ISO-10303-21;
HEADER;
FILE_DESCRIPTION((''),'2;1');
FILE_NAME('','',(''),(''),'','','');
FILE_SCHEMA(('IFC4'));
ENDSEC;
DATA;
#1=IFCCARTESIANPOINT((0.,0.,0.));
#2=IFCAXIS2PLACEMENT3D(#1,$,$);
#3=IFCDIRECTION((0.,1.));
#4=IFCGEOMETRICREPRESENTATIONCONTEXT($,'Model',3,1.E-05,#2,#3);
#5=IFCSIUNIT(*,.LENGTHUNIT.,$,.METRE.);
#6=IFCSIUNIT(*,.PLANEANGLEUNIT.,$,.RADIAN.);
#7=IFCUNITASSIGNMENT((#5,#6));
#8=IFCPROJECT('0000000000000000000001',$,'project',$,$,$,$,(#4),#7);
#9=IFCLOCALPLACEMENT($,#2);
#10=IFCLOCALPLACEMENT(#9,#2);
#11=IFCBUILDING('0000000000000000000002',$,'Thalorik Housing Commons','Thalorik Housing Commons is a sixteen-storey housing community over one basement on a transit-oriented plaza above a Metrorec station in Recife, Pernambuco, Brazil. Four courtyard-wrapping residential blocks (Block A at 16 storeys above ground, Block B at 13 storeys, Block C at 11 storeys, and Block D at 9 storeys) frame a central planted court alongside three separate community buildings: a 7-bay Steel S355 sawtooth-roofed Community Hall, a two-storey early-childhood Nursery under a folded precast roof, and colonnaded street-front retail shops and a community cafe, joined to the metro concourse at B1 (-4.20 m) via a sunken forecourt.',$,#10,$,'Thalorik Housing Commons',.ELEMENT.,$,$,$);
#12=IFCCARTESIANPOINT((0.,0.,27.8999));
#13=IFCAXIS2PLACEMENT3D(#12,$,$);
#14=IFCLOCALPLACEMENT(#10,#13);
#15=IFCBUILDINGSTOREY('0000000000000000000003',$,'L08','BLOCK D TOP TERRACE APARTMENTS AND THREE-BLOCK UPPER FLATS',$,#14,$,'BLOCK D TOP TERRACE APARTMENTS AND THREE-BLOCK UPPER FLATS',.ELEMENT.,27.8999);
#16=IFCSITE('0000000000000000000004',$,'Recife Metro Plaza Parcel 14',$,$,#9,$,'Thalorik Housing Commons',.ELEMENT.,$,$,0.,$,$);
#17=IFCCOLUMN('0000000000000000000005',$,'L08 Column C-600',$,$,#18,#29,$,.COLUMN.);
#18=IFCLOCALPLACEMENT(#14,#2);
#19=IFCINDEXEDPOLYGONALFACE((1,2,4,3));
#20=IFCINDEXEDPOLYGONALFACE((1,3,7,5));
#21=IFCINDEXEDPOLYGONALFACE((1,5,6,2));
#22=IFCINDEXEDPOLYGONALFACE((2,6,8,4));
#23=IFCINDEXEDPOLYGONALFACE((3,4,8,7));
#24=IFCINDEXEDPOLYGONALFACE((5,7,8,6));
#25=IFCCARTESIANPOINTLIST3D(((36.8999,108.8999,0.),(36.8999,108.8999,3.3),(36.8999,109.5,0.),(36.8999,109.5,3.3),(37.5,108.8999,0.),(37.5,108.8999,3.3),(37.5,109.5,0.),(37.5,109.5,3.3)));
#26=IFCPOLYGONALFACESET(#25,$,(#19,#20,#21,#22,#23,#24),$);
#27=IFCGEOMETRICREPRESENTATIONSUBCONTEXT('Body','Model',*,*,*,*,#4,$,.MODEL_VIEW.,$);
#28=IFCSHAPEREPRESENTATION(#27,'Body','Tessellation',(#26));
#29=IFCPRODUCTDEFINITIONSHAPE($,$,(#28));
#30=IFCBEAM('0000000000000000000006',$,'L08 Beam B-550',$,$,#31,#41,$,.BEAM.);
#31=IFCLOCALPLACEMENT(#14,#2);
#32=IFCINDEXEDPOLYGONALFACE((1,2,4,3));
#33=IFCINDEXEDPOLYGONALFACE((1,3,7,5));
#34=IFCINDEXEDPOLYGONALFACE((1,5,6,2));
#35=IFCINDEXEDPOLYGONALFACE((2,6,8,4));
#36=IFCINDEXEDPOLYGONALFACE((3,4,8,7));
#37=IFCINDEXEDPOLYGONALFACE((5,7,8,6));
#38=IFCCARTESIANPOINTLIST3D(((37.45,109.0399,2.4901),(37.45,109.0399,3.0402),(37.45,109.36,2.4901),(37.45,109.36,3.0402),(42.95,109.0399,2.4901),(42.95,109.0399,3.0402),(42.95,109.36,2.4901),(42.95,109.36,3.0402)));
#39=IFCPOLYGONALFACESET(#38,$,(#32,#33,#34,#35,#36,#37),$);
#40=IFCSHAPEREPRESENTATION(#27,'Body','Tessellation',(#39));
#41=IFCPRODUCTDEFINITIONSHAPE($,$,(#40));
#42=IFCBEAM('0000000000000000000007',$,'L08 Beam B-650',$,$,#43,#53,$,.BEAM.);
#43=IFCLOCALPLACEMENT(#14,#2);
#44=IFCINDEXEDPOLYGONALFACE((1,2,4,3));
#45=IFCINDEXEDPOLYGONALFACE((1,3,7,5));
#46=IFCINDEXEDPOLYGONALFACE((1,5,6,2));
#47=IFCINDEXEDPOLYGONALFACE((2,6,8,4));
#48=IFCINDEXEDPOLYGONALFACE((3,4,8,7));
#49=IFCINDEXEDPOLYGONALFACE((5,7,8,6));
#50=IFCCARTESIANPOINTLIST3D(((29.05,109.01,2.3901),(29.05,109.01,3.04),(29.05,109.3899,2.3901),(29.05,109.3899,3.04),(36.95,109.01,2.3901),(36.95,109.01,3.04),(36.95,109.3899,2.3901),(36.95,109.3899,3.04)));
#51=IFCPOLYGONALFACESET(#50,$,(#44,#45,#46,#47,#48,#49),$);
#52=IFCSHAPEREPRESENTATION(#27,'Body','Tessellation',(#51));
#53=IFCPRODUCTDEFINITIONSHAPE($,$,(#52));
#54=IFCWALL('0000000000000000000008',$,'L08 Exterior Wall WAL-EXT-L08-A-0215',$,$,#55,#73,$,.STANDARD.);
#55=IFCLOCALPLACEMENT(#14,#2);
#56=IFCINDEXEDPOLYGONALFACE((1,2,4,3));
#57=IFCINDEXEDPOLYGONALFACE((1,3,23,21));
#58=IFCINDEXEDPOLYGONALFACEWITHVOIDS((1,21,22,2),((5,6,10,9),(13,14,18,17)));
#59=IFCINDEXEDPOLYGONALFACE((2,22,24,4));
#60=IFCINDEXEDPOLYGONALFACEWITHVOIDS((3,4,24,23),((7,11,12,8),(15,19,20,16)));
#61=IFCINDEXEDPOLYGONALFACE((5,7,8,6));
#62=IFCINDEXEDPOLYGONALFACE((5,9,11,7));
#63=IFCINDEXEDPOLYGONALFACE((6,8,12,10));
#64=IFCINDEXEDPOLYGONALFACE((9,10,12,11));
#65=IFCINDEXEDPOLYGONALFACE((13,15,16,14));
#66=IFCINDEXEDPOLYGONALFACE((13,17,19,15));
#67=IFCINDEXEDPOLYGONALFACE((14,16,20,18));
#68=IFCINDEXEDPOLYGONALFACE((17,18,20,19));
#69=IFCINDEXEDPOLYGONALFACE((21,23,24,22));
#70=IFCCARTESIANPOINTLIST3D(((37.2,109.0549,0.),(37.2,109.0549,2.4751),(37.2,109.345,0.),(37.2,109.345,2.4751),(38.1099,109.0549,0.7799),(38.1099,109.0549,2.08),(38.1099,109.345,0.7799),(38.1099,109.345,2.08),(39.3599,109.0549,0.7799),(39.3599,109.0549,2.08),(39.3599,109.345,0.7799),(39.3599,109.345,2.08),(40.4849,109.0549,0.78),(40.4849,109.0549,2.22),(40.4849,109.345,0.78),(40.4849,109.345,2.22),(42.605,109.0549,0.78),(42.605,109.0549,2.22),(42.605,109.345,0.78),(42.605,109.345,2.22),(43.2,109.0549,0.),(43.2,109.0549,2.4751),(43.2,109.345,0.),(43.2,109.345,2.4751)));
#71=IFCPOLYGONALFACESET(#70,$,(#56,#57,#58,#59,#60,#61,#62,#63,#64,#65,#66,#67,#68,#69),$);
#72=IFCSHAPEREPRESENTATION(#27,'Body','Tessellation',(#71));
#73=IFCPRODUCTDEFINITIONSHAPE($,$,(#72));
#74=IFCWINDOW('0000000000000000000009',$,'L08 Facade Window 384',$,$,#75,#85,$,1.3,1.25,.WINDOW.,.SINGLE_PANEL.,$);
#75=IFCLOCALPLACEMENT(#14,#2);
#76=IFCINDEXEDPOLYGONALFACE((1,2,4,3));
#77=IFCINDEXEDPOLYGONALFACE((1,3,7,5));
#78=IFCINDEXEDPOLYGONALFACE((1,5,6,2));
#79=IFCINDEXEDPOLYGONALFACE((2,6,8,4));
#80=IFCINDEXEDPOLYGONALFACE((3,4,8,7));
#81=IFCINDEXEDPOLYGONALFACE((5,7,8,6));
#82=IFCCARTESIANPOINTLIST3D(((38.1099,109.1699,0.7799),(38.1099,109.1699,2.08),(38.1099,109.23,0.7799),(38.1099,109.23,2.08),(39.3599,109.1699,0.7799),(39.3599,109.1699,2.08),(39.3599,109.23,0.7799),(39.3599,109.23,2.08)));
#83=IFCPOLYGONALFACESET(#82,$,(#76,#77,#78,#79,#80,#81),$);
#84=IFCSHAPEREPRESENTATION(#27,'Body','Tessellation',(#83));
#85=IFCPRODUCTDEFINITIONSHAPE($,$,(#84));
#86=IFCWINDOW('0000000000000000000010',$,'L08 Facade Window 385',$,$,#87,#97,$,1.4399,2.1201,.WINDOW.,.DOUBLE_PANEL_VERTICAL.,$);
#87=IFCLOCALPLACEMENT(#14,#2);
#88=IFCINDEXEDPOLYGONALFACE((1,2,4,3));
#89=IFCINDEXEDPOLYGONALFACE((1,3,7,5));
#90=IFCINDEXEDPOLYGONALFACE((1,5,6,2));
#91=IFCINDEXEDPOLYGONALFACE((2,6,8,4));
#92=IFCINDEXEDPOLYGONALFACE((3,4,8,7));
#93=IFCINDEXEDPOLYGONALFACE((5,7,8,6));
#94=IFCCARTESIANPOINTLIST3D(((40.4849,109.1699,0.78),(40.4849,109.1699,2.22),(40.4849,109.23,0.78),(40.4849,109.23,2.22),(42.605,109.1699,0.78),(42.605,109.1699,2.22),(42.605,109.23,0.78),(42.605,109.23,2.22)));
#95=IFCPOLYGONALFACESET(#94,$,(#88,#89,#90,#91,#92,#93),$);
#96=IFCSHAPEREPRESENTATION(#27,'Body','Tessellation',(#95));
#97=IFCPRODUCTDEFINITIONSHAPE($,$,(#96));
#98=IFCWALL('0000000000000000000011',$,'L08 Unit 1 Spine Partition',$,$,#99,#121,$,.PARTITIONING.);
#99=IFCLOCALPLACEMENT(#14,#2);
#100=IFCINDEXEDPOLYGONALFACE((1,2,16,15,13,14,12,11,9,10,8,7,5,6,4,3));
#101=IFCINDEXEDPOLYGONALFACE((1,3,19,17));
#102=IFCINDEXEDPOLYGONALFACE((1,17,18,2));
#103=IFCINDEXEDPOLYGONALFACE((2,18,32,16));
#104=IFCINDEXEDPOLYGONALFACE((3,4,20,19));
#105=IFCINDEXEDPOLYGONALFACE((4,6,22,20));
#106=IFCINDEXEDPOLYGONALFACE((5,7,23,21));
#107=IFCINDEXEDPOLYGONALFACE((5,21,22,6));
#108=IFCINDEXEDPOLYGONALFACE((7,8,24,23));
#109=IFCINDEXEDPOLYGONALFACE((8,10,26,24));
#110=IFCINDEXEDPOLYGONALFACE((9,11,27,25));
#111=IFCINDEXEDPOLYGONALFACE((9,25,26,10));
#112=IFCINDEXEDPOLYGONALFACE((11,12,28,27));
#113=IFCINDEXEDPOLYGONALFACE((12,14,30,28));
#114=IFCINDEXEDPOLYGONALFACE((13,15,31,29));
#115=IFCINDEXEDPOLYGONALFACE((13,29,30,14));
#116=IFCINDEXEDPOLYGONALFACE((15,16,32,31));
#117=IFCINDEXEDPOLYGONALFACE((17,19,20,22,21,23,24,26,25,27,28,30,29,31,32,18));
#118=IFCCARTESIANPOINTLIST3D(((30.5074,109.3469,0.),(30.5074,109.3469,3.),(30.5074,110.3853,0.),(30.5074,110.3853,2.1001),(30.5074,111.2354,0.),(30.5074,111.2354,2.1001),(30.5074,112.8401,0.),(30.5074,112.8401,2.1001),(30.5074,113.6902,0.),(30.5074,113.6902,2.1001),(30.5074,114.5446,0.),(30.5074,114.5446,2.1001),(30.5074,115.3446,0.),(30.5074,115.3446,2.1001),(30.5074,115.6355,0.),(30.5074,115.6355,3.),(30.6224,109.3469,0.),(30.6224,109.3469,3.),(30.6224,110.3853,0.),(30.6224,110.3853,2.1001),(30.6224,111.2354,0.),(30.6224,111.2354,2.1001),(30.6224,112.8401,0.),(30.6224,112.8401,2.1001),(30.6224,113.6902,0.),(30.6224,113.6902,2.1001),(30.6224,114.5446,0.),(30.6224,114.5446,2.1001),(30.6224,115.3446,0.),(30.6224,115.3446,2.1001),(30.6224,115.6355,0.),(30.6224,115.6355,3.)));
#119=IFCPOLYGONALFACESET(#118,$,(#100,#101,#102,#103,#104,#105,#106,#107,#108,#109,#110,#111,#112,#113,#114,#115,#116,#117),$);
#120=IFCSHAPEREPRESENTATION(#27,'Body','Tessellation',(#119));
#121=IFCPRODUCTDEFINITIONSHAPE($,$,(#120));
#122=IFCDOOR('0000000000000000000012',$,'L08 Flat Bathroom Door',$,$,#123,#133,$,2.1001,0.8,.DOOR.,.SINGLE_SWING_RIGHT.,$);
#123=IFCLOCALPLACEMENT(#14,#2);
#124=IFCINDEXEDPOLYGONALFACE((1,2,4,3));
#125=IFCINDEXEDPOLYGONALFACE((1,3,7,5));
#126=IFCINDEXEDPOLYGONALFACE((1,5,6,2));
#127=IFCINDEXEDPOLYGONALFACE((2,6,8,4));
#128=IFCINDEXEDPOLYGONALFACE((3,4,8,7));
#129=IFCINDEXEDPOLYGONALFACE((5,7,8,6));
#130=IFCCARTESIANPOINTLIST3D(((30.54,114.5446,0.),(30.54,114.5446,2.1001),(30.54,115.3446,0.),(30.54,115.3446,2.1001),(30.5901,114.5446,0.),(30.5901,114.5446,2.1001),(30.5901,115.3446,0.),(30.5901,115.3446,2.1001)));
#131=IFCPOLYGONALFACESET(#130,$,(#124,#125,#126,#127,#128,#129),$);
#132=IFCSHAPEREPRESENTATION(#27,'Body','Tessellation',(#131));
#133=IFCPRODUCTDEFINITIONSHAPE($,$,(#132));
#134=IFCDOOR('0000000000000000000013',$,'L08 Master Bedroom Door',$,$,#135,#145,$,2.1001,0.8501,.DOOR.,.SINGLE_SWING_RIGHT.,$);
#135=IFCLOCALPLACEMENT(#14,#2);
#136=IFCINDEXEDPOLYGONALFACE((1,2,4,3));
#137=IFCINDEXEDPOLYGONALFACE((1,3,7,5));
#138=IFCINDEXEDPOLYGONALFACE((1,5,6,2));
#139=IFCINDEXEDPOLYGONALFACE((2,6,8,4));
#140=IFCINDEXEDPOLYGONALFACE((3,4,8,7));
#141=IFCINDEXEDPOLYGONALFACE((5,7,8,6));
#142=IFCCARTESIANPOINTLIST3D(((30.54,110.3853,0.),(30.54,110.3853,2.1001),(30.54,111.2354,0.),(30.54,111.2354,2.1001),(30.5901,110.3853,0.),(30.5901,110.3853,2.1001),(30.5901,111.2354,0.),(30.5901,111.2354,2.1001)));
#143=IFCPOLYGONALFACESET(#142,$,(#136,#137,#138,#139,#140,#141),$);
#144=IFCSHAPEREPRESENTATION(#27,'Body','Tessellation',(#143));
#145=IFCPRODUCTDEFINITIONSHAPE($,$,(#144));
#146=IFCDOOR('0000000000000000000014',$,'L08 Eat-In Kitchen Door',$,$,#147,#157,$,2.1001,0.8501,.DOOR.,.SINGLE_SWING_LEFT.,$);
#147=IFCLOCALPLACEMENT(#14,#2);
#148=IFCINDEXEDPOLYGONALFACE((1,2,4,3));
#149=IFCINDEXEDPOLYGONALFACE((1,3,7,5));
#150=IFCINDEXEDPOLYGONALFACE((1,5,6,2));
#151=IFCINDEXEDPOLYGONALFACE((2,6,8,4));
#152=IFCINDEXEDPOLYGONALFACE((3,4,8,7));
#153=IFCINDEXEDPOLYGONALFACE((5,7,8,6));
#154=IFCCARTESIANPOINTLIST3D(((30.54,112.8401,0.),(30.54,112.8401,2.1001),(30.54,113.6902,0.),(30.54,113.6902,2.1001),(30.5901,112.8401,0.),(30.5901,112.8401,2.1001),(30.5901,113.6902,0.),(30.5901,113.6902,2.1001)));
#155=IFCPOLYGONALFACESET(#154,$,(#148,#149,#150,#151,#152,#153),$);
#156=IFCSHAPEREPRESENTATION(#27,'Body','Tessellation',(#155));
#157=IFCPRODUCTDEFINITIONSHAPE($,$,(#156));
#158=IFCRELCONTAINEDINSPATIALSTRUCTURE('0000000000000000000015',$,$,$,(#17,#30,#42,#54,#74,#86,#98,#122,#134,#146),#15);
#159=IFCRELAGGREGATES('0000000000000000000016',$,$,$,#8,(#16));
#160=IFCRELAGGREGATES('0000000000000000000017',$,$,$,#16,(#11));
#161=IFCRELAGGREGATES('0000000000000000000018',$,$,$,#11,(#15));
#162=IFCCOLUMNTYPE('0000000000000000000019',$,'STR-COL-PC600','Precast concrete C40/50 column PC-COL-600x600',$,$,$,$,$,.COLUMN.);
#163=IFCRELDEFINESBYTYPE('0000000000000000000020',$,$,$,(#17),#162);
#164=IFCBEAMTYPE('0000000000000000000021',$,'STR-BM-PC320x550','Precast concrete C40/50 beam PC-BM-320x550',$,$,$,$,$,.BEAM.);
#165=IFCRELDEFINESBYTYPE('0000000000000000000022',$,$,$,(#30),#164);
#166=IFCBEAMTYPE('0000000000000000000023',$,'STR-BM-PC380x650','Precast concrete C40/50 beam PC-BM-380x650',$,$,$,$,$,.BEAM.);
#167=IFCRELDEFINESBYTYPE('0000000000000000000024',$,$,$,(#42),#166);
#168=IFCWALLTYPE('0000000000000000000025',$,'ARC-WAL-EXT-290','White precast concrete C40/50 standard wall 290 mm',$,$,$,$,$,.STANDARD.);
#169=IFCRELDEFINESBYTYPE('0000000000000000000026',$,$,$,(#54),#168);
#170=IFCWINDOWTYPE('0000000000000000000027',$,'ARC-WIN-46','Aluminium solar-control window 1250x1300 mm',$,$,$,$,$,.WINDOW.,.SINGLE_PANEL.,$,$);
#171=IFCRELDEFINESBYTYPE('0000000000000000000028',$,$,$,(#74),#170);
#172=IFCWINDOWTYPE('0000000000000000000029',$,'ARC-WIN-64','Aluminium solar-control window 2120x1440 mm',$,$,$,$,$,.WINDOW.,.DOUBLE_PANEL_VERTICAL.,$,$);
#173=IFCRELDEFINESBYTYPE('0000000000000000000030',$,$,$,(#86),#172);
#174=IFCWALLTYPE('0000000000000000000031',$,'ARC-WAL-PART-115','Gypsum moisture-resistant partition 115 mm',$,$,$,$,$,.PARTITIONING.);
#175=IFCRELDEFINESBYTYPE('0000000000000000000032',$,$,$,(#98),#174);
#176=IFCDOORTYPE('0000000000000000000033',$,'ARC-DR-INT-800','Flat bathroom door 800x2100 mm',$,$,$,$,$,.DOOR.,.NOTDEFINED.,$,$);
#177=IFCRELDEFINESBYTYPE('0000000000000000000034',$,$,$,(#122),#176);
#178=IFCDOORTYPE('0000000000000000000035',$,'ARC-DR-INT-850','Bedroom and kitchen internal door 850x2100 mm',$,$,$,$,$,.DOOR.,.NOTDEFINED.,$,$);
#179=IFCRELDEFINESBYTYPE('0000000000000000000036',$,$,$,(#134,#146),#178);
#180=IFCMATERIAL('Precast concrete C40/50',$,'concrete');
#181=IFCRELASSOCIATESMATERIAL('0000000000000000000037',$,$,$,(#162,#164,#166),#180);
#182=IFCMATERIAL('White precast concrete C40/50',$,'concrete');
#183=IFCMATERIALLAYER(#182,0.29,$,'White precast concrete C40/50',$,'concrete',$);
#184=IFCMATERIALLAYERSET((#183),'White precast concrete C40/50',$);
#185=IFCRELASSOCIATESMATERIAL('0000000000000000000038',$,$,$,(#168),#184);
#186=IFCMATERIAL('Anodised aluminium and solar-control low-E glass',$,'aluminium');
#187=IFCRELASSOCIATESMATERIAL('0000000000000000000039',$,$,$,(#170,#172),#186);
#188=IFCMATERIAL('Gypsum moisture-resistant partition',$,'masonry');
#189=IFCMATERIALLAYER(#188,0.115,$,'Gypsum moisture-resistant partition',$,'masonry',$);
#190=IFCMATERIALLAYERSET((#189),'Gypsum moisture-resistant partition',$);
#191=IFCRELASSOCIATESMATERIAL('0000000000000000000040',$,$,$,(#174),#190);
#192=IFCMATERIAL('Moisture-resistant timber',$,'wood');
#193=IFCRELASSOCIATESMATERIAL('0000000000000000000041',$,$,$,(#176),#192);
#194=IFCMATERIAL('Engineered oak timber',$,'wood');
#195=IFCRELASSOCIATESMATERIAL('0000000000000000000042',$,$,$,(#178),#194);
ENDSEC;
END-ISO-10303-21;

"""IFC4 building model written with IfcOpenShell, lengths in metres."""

from ifc_helpers import new_model, si_unit, direction, frame, frame_2d, origin, origin_2d, place, context, subcontext, project, spatial, rectangle, extrude, material, layer, layer_set, material_profile, profile_set, type_object, element, fill, save


model = new_model("IFC4")

# Units and contexts
model_context = context("Model", 3, precision=1e-05, world=origin(), true_north=direction((0.0, 1.0)))
body_context = subcontext(model_context, "Body", "Model", "MODEL_VIEW")
ifc_project = project(units=[si_unit("LENGTHUNIT", "METRE"), si_unit("PLANEANGLEUNIT", "RADIAN")], contexts=[model_context])

# Site, building, storey
site_placement = place(None, origin())
site = spatial("IfcSite", under=ifc_project, at=site_placement, Name="Recife Metro Plaza Parcel 14", LongName="Thalorik Housing Commons", CompositionType="ELEMENT", RefElevation=0.0)
building_placement = place(site_placement, origin())
building = spatial("IfcBuilding", under=site, at=building_placement, Name="Thalorik Housing Commons", Description="Thalorik Housing Commons is a sixteen-storey housing community over one basement on a transit-oriented plaza above a Metrorec station in Recife, Pernambuco, Brazil. Four courtyard-wrapping residential blocks (Block A at 16 storeys above ground, Block B at 13 storeys, Block C at 11 storeys, and Block D at 9 storeys) frame a central planted court alongside three separate community buildings: a 7-bay Steel S355 sawtooth-roofed Community Hall, a two-storey early-childhood Nursery under a folded precast roof, and colonnaded street-front retail shops and a community cafe, joined to the metro concourse at B1 (-4.20 m) via a sunken forecourt.", LongName="Thalorik Housing Commons", CompositionType="ELEMENT")
storey_placement = place(building_placement, frame((0.0, 0.0, 27.8999)))
storey = spatial("IfcBuildingStorey", under=building, at=storey_placement, Name="L08", Description="BLOCK D TOP TERRACE APARTMENTS AND THREE-BLOCK UPPER FLATS", LongName="BLOCK D TOP TERRACE APARTMENTS AND THREE-BLOCK UPPER FLATS", CompositionType="ELEMENT", Elevation=27.8999)

# Column
ifc_material_1 = material(Name="Precast concrete C40/50", Category="concrete")
ifc_material_profile_1 = material_profile(ifc_material_1, rectangle(XDim=0.6001, YDim=0.6001, at=origin_2d()), Name="PC 600x600", Category="concrete")
ifc_profile_set_1 = profile_set([ifc_material_profile_1], Name="Precast concrete C40/50")
column_type = type_object("IfcColumnType", Name="STR-COL-PC600", Description="Precast concrete C40/50 column PC-COL-600x600", PredefinedType="COLUMN", material=ifc_profile_set_1)
column_placement = place(storey_placement, frame((37.2, 109.2, 0.0), z_axis=(0.0, 0.0, 1.0), x_axis=(1.0, 0.0, 0.0)))
element("IfcColumn", 1, at=column_placement, inside=storey, type_object=column_type, Name="L08 Column C-600", PredefinedType="COLUMN", context=body_context, shape_type="SweptSolid", body=[
    extrude(rectangle(XDim=0.6001, YDim=0.6001, at=origin_2d()), origin(), (0.0, 0.0, 1.0), 3.3),
])

# Beams
ifc_material_profile_2 = material_profile(ifc_material_1, rectangle(XDim=0.3201, YDim=0.55, at=origin_2d()), Name="PC 320x550", Category="concrete")
ifc_profile_set_2 = profile_set([ifc_material_profile_2], Name="Precast concrete C40/50")
beam_type_1 = type_object("IfcBeamType", Name="STR-BM-PC320x550", Description="Precast concrete C40/50 beam PC-BM-320x550", PredefinedType="BEAM", material=ifc_profile_set_2)
beam_1_placement = place(storey_placement, frame((37.45, 109.2, 2.7651), z_axis=(1.0, 0.0, 0.0), x_axis=(0.0, 1.0, 0.0)))
element("IfcBeam", 2, at=beam_1_placement, inside=storey, type_object=beam_type_1, Name="L08 Beam B-550", PredefinedType="BEAM", context=body_context, shape_type="SweptSolid", body=[
    extrude(rectangle(XDim=0.3201, YDim=0.55, at=origin_2d()), origin(), (0.0, 0.0, 1.0), 5.5),
])
ifc_material_profile_3 = material_profile(ifc_material_1, rectangle(XDim=0.3799, YDim=0.6499, at=origin_2d()), Name="PC 380x650", Category="concrete")
ifc_profile_set_3 = profile_set([ifc_material_profile_3], Name="Precast concrete C40/50")
beam_type_2 = type_object("IfcBeamType", Name="STR-BM-PC380x650", Description="Precast concrete C40/50 beam PC-BM-380x650", PredefinedType="BEAM", material=ifc_profile_set_3)
beam_2_placement = place(storey_placement, frame((29.05, 109.2, 2.7151), z_axis=(1.0, 0.0, 0.0), x_axis=(0.0, 1.0, 0.0)))
element("IfcBeam", 3, at=beam_2_placement, inside=storey, type_object=beam_type_2, Name="L08 Beam B-650", PredefinedType="BEAM", context=body_context, shape_type="SweptSolid", body=[
    extrude(rectangle(XDim=0.3799, YDim=0.6499, at=origin_2d()), origin(), (0.0, 0.0, 1.0), 7.8999),
])

# Wall, openings, windows
ifc_material_2 = material(Name="White precast concrete C40/50", Category="concrete")
ifc_layer_1 = layer(ifc_material_2, 0.29, Name="White precast concrete C40/50", Category="concrete")
ifc_layer_set_1 = layer_set([ifc_layer_1], Name="White precast concrete C40/50")
wall_type_1 = type_object("IfcWallType", Name="ARC-WAL-EXT-290", Description="White precast concrete C40/50 standard wall 290 mm", PredefinedType="STANDARD", material=ifc_layer_set_1)
wall_1_placement = place(storey_placement, frame((37.2, 109.2, 0.0), z_axis=(0.0, 0.0, 1.0), x_axis=(1.0, 0.0, 0.0)))
wall_1 = element("IfcWall", 4, at=wall_1_placement, inside=storey, type_object=wall_type_1, Name="L08 Exterior Wall WAL-EXT-L08-A-0215", PredefinedType="STANDARD", context=body_context, shape_type="SweptSolid", body=[
    extrude(rectangle(XDim=6.0, YDim=0.29, at=frame_2d((3.0, 0.0))), origin(), (0.0, 0.0, 1.0), 2.4751),
])
opening_1_placement = place(wall_1_placement, frame((0.9099, 0.0, 0.78)))
opening_1 = element("IfcOpeningElement", 5, at=opening_1_placement, cuts=wall_1, PredefinedType="OPENING", context=body_context, shape_type="SweptSolid", body=[
    extrude(rectangle(XDim=1.25, YDim=1.3, at=frame_2d((0.625, 0.6499))), frame((0.0, 0.155, 0.0), z_axis=(0.0, -1.0, 0.0), x_axis=(1.0, 0.0, 0.0)), (0.0, 0.0, 1.0), 0.3101),
])
opening_2_placement = place(wall_1_placement, frame((3.2849, 0.0, 0.78)))
opening_2 = element("IfcOpeningElement", 6, at=opening_2_placement, cuts=wall_1, PredefinedType="OPENING", context=body_context, shape_type="SweptSolid", body=[
    extrude(rectangle(XDim=2.1201, YDim=1.4399, at=frame_2d((1.0601, 0.72))), frame((0.0, 0.155, 0.0), z_axis=(0.0, -1.0, 0.0), x_axis=(1.0, 0.0, 0.0)), (0.0, 0.0, 1.0), 0.3101),
])
ifc_material_3 = material(Name="Anodised aluminium and solar-control low-E glass", Category="aluminium")
window_type_1 = type_object("IfcWindowType", Name="ARC-WIN-46", Description="Aluminium solar-control window 1250x1300 mm", PartitioningType="SINGLE_PANEL", PredefinedType="WINDOW", material=ifc_material_3)
window_1_placement = place(opening_1_placement, origin())
window_1 = element("IfcWindow", 7, at=window_1_placement, inside=storey, type_object=window_type_1, Name="L08 Facade Window 384", OverallHeight=1.3, OverallWidth=1.25, PartitioningType="SINGLE_PANEL", PredefinedType="WINDOW", context=body_context, shape_type="SweptSolid", body=[
    extrude(rectangle(XDim=1.25, YDim=1.3, at=frame_2d((0.625, 0.6499))), frame((0.0, 0.03, 0.0), z_axis=(0.0, -1.0, 0.0), x_axis=(1.0, 0.0, 0.0)), (0.0, 0.0, 1.0), 0.0601),
])
fill(opening_1, window_1)
window_type_2 = type_object("IfcWindowType", Name="ARC-WIN-64", Description="Aluminium solar-control window 2120x1440 mm", PartitioningType="DOUBLE_PANEL_VERTICAL", PredefinedType="WINDOW", material=ifc_material_3)
window_2_placement = place(opening_2_placement, origin())
window_2 = element("IfcWindow", 8, at=window_2_placement, inside=storey, type_object=window_type_2, Name="L08 Facade Window 385", OverallHeight=1.4399, OverallWidth=2.1201, PartitioningType="DOUBLE_PANEL_VERTICAL", PredefinedType="WINDOW", context=body_context, shape_type="SweptSolid", body=[
    extrude(rectangle(XDim=2.1201, YDim=1.4399, at=frame_2d((1.0601, 0.72))), frame((0.0, 0.03, 0.0), z_axis=(0.0, -1.0, 0.0), x_axis=(1.0, 0.0, 0.0)), (0.0, 0.0, 1.0), 0.0601),
])
fill(opening_2, window_2)

# Wall, openings, doors
ifc_material_4 = material(Name="Gypsum moisture-resistant partition", Category="masonry")
ifc_layer_2 = layer(ifc_material_4, 0.115, Name="Gypsum moisture-resistant partition", Category="masonry")
ifc_layer_set_2 = layer_set([ifc_layer_2], Name="Gypsum moisture-resistant partition")
wall_type_2 = type_object("IfcWallType", Name="ARC-WAL-PART-115", Description="Gypsum moisture-resistant partition 115 mm", PredefinedType="PARTITIONING", material=ifc_layer_set_2)
wall_2_placement = place(storey_placement, frame((30.5649, 109.3469, 0.0), z_axis=(0.0, 0.0, 1.0), x_axis=(0.0, 1.0, 0.0)))
wall_2 = element("IfcWall", 9, at=wall_2_placement, inside=storey, type_object=wall_type_2, Name="L08 Unit 1 Spine Partition", PredefinedType="PARTITIONING", context=body_context, shape_type="SweptSolid", body=[
    extrude(rectangle(XDim=6.2886, YDim=0.115, at=frame_2d((3.1443, 0.0))), origin(), (0.0, 0.0, 1.0), 3.0),
])
opening_3_placement = place(wall_2_placement, frame((1.0383, 0.0, 0.0)))
opening_3 = element("IfcOpeningElement", 10, at=opening_3_placement, cuts=wall_2, PredefinedType="OPENING", context=body_context, shape_type="SweptSolid", body=[
    extrude(rectangle(XDim=0.8501, YDim=2.1001, at=frame_2d((0.425, 1.05))), frame((0.0, 0.0674, 0.0), z_axis=(0.0, -1.0, 0.0), x_axis=(1.0, 0.0, 0.0)), (0.0, 0.0, 1.0), 0.135),
])
opening_4_placement = place(wall_2_placement, frame((3.4932, 0.0, 0.0)))
opening_4 = element("IfcOpeningElement", 11, at=opening_4_placement, cuts=wall_2, PredefinedType="OPENING", context=body_context, shape_type="SweptSolid", body=[
    extrude(rectangle(XDim=0.8501, YDim=2.1001, at=frame_2d((0.425, 1.05))), frame((0.0, 0.0674, 0.0), z_axis=(0.0, -1.0, 0.0), x_axis=(1.0, 0.0, 0.0)), (0.0, 0.0, 1.0), 0.135),
])
opening_5_placement = place(wall_2_placement, frame((5.1978, 0.0, 0.0)))
opening_5 = element("IfcOpeningElement", 12, at=opening_5_placement, cuts=wall_2, PredefinedType="OPENING", context=body_context, shape_type="SweptSolid", body=[
    extrude(rectangle(XDim=0.8, YDim=2.1001, at=frame_2d((0.3999, 1.05))), frame((0.0, 0.0674, 0.0), z_axis=(0.0, -1.0, 0.0), x_axis=(1.0, 0.0, 0.0)), (0.0, 0.0, 1.0), 0.135),
])
ifc_material_5 = material(Name="Moisture-resistant timber", Category="wood")
door_type_1 = type_object("IfcDoorType", Name="ARC-DR-INT-800", Description="Flat bathroom door 800x2100 mm", OperationType="NOTDEFINED", PredefinedType="DOOR", material=ifc_material_5)
door_1_placement = place(opening_5_placement, origin())
door_1 = element("IfcDoor", 13, at=door_1_placement, inside=storey, type_object=door_type_1, Name="L08 Flat Bathroom Door", OperationType="SINGLE_SWING_RIGHT", OverallHeight=2.1001, OverallWidth=0.8, PredefinedType="DOOR", context=body_context, shape_type="SweptSolid", body=[
    extrude(rectangle(XDim=0.8, YDim=2.1001, at=frame_2d((0.3999, 1.05))), frame((0.0, 0.0249, 0.0), z_axis=(0.0, -1.0, 0.0), x_axis=(1.0, 0.0, 0.0)), (0.0, 0.0, 1.0), 0.05),
])
fill(opening_5, door_1)
ifc_material_6 = material(Name="Engineered oak timber", Category="wood")
door_type_2 = type_object("IfcDoorType", Name="ARC-DR-INT-850", Description="Bedroom and kitchen internal door 850x2100 mm", OperationType="NOTDEFINED", PredefinedType="DOOR", material=ifc_material_6)
door_2_placement = place(opening_3_placement, origin())
door_2 = element("IfcDoor", 14, at=door_2_placement, inside=storey, type_object=door_type_2, Name="L08 Master Bedroom Door", OperationType="SINGLE_SWING_RIGHT", OverallHeight=2.1001, OverallWidth=0.8501, PredefinedType="DOOR", context=body_context, shape_type="SweptSolid", body=[
    extrude(rectangle(XDim=0.8501, YDim=2.1001, at=frame_2d((0.425, 1.05))), frame((0.0, 0.0249, 0.0), z_axis=(0.0, -1.0, 0.0), x_axis=(1.0, 0.0, 0.0)), (0.0, 0.0, 1.0), 0.05),
])
fill(opening_3, door_2)
door_3_placement = place(opening_4_placement, origin())
door_3 = element("IfcDoor", 15, at=door_3_placement, inside=storey, type_object=door_type_2, Name="L08 Eat-In Kitchen Door", OperationType="SINGLE_SWING_LEFT", OverallHeight=2.1001, OverallWidth=0.8501, PredefinedType="DOOR", context=body_context, shape_type="SweptSolid", body=[
    extrude(rectangle(XDim=0.8501, YDim=2.1001, at=frame_2d((0.425, 1.05))), frame((0.0, 0.0249, 0.0), z_axis=(0.0, -1.0, 0.0), x_axis=(1.0, 0.0, 0.0)), (0.0, 0.0, 1.0), 0.05),
])
fill(opening_4, door_3)

save(model, "model.ifc")
